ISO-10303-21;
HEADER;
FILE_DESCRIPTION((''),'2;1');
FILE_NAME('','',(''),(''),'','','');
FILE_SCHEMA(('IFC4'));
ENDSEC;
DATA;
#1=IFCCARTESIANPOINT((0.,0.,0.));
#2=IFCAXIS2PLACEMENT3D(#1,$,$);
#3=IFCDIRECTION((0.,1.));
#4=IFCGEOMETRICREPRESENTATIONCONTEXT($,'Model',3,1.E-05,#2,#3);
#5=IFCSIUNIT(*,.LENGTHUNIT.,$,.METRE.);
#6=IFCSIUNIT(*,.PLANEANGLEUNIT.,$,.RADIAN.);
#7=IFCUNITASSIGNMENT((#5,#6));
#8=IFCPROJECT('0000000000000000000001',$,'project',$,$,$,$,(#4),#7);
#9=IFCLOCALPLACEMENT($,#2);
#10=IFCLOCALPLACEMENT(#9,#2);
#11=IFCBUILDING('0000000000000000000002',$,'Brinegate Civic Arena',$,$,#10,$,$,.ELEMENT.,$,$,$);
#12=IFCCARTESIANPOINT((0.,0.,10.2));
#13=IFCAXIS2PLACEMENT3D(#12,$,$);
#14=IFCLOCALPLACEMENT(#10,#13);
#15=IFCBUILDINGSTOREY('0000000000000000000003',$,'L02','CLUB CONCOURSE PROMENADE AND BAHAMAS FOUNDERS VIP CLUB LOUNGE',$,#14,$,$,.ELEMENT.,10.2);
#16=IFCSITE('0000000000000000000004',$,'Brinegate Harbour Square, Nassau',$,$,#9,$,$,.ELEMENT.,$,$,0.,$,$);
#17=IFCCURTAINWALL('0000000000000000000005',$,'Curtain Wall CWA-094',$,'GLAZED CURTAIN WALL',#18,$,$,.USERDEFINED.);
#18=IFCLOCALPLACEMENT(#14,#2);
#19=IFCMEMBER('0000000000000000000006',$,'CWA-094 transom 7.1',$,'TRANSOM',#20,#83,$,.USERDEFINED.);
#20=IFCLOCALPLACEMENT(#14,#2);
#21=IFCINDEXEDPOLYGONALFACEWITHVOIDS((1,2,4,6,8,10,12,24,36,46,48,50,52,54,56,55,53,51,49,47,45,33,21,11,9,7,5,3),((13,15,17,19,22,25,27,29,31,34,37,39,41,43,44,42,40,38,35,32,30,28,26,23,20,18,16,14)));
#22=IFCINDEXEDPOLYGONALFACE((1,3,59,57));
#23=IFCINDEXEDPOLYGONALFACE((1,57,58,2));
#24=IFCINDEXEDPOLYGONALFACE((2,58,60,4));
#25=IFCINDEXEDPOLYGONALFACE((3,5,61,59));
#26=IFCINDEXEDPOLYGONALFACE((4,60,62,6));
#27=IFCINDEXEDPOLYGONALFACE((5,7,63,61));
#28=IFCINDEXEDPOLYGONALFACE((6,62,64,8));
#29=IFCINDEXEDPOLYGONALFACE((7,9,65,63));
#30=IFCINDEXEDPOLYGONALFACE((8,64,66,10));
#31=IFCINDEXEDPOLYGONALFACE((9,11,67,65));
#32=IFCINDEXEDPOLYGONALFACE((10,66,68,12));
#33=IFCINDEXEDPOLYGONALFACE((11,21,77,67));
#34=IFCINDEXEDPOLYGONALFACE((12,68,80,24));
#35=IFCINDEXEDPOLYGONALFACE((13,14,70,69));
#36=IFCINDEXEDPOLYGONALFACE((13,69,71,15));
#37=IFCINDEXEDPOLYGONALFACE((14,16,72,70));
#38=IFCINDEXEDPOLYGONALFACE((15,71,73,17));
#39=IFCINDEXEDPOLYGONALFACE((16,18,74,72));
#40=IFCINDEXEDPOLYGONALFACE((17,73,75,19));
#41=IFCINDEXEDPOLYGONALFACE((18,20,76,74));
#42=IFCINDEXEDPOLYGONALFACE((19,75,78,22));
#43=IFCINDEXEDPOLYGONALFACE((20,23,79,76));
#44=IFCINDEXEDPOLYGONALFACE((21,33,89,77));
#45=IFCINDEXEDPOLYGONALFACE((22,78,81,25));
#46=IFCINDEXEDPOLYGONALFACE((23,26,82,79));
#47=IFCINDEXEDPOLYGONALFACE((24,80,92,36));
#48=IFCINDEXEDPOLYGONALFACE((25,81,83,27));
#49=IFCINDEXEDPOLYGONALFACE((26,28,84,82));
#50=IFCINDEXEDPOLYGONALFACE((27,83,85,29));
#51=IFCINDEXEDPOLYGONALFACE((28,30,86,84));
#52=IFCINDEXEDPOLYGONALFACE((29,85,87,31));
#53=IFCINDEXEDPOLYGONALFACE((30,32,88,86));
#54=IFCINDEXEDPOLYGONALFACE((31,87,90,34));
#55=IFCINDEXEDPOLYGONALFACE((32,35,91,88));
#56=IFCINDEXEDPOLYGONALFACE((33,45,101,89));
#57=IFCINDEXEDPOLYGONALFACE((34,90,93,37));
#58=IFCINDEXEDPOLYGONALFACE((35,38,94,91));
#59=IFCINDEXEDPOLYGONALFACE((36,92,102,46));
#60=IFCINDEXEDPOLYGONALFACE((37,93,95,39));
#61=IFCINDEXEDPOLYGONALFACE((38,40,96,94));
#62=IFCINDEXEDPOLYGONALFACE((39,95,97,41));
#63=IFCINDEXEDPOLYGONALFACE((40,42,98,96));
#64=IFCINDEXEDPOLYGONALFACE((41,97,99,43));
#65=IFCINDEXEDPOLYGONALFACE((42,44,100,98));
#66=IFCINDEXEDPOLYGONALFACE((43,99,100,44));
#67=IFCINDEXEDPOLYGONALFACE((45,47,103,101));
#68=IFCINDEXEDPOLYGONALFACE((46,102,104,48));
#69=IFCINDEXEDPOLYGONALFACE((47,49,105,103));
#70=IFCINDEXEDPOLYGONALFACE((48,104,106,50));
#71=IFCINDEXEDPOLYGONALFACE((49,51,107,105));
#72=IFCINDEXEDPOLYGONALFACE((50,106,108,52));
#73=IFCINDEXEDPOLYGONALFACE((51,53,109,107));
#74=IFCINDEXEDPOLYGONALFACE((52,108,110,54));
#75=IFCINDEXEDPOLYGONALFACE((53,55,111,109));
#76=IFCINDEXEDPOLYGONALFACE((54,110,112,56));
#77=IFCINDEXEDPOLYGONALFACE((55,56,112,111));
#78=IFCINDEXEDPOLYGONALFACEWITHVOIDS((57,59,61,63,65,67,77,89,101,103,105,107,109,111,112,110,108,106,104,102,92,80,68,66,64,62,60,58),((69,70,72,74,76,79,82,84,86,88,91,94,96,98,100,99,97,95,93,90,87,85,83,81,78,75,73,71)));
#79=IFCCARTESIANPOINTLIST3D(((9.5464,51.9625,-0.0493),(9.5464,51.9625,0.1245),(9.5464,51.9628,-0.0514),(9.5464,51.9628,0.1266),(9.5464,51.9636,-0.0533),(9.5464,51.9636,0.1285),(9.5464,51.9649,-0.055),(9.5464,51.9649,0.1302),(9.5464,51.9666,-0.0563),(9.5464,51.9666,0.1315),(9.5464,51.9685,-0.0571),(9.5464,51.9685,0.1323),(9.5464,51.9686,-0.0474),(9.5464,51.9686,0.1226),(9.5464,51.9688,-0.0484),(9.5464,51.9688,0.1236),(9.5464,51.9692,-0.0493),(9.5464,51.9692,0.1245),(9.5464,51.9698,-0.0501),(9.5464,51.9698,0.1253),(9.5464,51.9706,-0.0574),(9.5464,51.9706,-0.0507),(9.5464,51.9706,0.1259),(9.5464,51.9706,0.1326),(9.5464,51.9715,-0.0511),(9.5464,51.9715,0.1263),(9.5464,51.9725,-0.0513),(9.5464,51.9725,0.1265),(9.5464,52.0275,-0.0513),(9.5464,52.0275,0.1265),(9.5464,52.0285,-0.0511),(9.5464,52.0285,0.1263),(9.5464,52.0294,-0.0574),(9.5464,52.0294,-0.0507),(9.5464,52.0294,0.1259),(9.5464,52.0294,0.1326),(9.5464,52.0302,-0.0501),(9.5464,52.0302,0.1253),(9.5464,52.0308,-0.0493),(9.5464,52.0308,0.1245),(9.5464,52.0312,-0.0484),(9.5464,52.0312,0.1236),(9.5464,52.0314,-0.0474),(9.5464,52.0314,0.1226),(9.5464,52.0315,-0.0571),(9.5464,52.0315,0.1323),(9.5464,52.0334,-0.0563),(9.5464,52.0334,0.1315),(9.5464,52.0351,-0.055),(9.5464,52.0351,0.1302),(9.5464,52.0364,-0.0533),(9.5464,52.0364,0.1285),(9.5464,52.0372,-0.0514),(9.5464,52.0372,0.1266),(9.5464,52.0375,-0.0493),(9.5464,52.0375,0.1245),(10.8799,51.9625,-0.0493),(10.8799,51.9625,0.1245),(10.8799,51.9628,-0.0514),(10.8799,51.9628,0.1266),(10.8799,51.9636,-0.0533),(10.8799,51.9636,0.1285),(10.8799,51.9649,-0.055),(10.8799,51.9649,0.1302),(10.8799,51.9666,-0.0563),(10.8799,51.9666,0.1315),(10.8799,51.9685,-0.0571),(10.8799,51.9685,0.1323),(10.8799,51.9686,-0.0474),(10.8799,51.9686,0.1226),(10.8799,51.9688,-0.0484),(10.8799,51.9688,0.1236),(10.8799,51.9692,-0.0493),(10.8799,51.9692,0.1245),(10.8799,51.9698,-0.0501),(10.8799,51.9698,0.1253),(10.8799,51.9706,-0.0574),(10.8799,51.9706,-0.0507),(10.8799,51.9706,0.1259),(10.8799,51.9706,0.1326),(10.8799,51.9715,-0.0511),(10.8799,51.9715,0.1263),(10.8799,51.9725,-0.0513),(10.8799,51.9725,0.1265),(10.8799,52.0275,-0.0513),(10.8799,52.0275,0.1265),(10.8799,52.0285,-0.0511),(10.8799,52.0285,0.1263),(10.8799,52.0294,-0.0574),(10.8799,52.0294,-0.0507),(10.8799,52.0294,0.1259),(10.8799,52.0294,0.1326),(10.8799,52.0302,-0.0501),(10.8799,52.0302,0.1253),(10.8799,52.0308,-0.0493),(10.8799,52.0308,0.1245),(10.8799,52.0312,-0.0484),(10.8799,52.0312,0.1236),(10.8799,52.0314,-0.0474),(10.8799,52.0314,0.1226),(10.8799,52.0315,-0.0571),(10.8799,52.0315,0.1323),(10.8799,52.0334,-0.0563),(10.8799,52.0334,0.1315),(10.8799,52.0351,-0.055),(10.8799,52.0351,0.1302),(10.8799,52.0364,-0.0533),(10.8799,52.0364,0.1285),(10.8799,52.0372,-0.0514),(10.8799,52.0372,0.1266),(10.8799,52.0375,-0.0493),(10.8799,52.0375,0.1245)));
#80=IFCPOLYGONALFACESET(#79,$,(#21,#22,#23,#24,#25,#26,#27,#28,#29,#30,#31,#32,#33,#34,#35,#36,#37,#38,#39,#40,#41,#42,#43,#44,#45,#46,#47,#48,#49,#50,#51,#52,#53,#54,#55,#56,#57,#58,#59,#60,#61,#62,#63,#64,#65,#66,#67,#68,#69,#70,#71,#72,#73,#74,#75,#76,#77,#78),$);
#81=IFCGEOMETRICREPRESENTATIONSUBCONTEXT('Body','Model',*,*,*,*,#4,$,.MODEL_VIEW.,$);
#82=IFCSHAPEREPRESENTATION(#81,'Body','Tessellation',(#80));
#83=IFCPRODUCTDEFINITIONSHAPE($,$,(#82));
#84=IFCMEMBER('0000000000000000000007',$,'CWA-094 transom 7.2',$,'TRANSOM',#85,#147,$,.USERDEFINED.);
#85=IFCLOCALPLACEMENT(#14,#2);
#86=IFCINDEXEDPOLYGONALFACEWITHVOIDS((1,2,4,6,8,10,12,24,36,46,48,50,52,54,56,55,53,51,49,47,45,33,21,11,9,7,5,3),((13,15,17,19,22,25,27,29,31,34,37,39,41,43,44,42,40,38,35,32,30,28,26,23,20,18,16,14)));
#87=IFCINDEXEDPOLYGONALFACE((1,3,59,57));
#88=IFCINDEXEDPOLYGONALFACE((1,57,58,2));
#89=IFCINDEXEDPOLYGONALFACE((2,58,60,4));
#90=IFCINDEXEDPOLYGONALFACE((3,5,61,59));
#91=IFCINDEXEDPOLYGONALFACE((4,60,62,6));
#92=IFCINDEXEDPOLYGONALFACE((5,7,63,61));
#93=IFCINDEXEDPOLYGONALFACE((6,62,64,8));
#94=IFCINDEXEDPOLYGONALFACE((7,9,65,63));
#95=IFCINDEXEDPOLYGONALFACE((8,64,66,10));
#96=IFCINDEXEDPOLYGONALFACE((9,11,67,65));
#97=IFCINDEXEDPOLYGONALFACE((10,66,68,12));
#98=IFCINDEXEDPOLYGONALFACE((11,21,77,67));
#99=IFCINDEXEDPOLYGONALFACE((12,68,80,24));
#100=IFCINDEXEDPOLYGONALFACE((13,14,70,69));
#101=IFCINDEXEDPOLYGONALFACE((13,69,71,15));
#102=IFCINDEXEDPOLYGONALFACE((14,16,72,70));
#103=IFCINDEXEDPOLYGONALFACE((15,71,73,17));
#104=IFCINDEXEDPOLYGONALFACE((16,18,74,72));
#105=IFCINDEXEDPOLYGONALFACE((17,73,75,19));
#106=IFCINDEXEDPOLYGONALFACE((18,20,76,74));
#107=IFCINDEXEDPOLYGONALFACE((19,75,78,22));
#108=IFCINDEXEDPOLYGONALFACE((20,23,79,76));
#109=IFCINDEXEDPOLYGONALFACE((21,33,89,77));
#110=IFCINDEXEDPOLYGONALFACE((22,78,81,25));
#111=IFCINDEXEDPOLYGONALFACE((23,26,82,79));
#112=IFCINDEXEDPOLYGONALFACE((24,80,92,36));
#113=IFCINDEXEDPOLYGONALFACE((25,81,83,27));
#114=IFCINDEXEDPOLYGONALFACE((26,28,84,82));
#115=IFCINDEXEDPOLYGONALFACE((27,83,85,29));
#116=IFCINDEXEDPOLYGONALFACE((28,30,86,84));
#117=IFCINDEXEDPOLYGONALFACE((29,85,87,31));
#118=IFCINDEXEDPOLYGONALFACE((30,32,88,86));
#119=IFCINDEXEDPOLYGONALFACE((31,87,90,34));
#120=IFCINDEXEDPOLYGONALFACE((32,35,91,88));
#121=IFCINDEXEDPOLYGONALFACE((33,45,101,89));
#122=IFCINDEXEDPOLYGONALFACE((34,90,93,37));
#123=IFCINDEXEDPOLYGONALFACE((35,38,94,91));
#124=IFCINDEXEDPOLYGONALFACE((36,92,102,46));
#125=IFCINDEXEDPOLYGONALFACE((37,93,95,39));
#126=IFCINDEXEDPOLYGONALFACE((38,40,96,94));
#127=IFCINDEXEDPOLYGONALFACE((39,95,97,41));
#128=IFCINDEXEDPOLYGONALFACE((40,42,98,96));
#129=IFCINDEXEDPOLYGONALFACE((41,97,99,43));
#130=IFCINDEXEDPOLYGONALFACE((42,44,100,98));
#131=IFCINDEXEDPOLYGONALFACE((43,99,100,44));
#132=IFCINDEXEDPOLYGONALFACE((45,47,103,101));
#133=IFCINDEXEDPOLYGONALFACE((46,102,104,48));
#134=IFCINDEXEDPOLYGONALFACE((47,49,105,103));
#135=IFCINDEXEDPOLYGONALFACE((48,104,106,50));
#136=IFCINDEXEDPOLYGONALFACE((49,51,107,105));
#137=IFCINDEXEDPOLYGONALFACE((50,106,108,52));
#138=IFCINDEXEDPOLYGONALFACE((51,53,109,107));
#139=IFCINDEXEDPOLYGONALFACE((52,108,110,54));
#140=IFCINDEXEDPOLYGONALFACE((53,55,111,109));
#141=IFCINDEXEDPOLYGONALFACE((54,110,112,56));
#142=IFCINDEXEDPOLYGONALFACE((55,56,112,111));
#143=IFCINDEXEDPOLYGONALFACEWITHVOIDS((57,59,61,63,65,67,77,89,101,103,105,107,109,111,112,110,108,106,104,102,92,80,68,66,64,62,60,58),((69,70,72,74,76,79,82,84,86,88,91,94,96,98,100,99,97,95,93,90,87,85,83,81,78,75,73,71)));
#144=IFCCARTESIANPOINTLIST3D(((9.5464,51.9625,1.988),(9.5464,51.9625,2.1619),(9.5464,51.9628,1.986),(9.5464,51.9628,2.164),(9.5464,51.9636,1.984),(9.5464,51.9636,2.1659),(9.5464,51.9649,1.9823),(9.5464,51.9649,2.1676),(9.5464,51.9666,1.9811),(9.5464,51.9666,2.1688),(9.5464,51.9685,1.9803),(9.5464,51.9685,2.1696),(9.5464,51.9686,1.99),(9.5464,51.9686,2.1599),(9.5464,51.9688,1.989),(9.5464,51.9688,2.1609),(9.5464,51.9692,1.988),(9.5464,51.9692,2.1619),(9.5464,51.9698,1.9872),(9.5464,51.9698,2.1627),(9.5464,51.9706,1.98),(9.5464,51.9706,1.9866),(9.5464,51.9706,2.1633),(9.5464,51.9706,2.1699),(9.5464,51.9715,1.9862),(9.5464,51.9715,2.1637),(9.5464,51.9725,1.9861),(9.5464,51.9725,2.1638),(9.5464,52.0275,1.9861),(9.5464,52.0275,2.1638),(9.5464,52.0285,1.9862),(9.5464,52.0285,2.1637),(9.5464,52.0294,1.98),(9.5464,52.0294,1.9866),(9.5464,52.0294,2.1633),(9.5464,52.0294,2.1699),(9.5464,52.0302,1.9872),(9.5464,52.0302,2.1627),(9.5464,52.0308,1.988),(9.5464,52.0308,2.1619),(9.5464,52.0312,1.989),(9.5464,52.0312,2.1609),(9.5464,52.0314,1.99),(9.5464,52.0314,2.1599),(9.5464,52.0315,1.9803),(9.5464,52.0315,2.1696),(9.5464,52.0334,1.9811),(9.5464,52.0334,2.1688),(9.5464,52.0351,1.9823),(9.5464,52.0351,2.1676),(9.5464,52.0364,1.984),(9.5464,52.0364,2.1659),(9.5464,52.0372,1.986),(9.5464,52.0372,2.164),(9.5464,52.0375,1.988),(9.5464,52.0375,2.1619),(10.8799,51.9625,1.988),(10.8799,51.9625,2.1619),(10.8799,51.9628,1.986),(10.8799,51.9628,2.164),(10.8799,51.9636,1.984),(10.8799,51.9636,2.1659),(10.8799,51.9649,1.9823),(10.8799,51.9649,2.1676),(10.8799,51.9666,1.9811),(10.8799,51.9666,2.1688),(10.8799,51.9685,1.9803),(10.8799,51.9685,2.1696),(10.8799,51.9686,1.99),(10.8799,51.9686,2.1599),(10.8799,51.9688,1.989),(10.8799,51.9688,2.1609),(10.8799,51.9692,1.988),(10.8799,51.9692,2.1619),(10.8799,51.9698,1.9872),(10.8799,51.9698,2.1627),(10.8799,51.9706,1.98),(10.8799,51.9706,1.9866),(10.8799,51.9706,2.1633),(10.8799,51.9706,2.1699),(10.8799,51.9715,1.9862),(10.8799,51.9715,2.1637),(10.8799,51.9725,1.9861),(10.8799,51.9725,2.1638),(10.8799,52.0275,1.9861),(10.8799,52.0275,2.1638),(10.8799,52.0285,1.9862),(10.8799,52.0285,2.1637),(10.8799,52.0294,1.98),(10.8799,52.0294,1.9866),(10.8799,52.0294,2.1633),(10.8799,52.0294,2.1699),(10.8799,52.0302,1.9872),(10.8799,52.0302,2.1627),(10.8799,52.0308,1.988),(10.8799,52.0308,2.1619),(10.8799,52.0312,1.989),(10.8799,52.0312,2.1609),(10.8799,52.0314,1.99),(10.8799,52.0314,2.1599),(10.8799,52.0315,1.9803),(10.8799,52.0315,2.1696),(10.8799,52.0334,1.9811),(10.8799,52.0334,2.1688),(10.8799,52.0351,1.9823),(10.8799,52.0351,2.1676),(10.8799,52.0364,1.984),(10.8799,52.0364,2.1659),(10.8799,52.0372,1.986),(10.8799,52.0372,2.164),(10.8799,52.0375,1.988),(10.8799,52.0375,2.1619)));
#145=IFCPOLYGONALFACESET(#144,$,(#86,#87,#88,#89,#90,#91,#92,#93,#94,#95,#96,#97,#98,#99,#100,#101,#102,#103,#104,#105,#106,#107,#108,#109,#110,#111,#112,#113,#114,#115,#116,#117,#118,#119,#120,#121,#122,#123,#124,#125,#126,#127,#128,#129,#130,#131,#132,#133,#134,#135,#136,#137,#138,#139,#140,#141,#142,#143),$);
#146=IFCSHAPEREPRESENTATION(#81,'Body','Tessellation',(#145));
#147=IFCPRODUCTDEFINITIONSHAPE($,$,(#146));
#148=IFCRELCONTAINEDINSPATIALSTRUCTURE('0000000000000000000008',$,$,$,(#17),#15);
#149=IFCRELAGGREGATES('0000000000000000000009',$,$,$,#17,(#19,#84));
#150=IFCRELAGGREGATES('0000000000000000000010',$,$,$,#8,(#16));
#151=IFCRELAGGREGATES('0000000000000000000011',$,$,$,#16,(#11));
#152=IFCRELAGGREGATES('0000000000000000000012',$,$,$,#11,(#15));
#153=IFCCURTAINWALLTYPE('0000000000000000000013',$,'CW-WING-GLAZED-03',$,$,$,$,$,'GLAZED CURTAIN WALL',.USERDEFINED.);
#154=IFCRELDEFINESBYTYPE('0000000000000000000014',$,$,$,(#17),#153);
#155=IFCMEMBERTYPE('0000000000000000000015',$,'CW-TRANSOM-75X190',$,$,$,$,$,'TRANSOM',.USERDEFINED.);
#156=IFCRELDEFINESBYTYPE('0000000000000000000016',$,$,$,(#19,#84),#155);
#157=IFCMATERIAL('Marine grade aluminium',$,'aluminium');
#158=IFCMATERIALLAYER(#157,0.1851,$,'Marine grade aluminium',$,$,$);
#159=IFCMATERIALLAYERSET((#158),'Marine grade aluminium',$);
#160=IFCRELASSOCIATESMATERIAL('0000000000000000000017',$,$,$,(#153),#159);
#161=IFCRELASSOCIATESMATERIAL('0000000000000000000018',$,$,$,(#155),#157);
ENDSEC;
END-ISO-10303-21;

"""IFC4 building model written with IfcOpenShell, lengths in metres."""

from ifc_helpers import new_model, si_unit, direction, frame, origin, origin_2d, place, context, subcontext, project, spatial, hollow_rectangle, extrude, material, layer, layer_set, material_profile, profile_set, type_object, element, aggregate, save


model = new_model("IFC4")

# Units and contexts
model_context = context("Model", 3, precision=1e-05, world=origin(), true_north=direction((0.0, 1.0)))
body_context = subcontext(model_context, "Body", "Model", "MODEL_VIEW")
ifc_project = project(units=[si_unit("LENGTHUNIT", "METRE"), si_unit("PLANEANGLEUNIT", "RADIAN")], contexts=[model_context])

# Site, building, storey
site_placement = place(None, origin())
site = spatial("IfcSite", under=ifc_project, at=site_placement, Name="Brinegate Harbour Square, Nassau", CompositionType="ELEMENT", RefElevation=0.0)
building_placement = place(site_placement, origin())
building = spatial("IfcBuilding", under=site, at=building_placement, Name="Brinegate Civic Arena", CompositionType="ELEMENT")
storey_placement = place(building_placement, frame((0.0, 0.0, 10.2)))
storey = spatial("IfcBuildingStorey", under=building, at=storey_placement, Name="L02", Description="CLUB CONCOURSE PROMENADE AND BAHAMAS FOUNDERS VIP CLUB LOUNGE", CompositionType="ELEMENT", Elevation=10.2)

# Curtain wall, members
ifc_material_1 = material(Name="Marine grade aluminium", Category="aluminium")
ifc_layer_1 = layer(ifc_material_1, 0.1851, Name="Marine grade aluminium")
ifc_layer_set_1 = layer_set([ifc_layer_1], Name="Marine grade aluminium")
curtain_wall_type = type_object("IfcCurtainWallType", Name="CW-WING-GLAZED-03", ElementType="GLAZED CURTAIN WALL", PredefinedType="USERDEFINED", material=ifc_layer_set_1)
curtain_wall_placement = place(storey_placement, origin())
curtain_wall = element("IfcCurtainWall", 1, at=curtain_wall_placement, inside=storey, type_object=curtain_wall_type, Name="Curtain Wall CWA-094", ObjectType="GLAZED CURTAIN WALL", PredefinedType="USERDEFINED")
ifc_material_profile_1 = material_profile(ifc_material_1, hollow_rectangle(XDim=0.075, YDim=0.1899, WallThickness=0.0061, InnerFilletRadius=0.0039, OuterFilletRadius=0.0081, at=origin_2d()), Name="TRN75X190")
ifc_profile_set_1 = profile_set([ifc_material_profile_1], Name="Marine grade aluminium")
member_type_1 = type_object("IfcMemberType", Name="CW-TRANSOM-75X190", ElementType="TRANSOM", PredefinedType="USERDEFINED", material=ifc_profile_set_1)
member_1_placement = place(storey_placement, frame((9.5464, 52.0, 0.0376), z_axis=(1.0, 0.0, 0.0), x_axis=(0.0, 1.0, 0.0)))
member_1 = element("IfcMember", 2, at=member_1_placement, type_object=member_type_1, Name="CWA-094 transom 7.1", ObjectType="TRANSOM", PredefinedType="USERDEFINED", context=body_context, shape_type="SweptSolid", body=[
    extrude(hollow_rectangle(XDim=0.075, YDim=0.1899, WallThickness=0.0061, InnerFilletRadius=0.0039, OuterFilletRadius=0.0081, at=origin_2d()), origin(), (0.0, 0.0, 1.0), 1.3335),
])
member_2_placement = place(storey_placement, frame((9.5464, 52.0, 2.075), z_axis=(1.0, 0.0, 0.0), x_axis=(0.0, 1.0, 0.0)))
member_2 = element("IfcMember", 3, at=member_2_placement, type_object=member_type_1, Name="CWA-094 transom 7.2", ObjectType="TRANSOM", PredefinedType="USERDEFINED", context=body_context, shape_type="SweptSolid", body=[
    extrude(hollow_rectangle(XDim=0.075, YDim=0.1899, WallThickness=0.0061, InnerFilletRadius=0.0039, OuterFilletRadius=0.0081, at=origin_2d()), origin(), (0.0, 0.0, 1.0), 1.3335),
])

aggregate(curtain_wall, [member_1, member_2])

save(model, "model.ifc")
